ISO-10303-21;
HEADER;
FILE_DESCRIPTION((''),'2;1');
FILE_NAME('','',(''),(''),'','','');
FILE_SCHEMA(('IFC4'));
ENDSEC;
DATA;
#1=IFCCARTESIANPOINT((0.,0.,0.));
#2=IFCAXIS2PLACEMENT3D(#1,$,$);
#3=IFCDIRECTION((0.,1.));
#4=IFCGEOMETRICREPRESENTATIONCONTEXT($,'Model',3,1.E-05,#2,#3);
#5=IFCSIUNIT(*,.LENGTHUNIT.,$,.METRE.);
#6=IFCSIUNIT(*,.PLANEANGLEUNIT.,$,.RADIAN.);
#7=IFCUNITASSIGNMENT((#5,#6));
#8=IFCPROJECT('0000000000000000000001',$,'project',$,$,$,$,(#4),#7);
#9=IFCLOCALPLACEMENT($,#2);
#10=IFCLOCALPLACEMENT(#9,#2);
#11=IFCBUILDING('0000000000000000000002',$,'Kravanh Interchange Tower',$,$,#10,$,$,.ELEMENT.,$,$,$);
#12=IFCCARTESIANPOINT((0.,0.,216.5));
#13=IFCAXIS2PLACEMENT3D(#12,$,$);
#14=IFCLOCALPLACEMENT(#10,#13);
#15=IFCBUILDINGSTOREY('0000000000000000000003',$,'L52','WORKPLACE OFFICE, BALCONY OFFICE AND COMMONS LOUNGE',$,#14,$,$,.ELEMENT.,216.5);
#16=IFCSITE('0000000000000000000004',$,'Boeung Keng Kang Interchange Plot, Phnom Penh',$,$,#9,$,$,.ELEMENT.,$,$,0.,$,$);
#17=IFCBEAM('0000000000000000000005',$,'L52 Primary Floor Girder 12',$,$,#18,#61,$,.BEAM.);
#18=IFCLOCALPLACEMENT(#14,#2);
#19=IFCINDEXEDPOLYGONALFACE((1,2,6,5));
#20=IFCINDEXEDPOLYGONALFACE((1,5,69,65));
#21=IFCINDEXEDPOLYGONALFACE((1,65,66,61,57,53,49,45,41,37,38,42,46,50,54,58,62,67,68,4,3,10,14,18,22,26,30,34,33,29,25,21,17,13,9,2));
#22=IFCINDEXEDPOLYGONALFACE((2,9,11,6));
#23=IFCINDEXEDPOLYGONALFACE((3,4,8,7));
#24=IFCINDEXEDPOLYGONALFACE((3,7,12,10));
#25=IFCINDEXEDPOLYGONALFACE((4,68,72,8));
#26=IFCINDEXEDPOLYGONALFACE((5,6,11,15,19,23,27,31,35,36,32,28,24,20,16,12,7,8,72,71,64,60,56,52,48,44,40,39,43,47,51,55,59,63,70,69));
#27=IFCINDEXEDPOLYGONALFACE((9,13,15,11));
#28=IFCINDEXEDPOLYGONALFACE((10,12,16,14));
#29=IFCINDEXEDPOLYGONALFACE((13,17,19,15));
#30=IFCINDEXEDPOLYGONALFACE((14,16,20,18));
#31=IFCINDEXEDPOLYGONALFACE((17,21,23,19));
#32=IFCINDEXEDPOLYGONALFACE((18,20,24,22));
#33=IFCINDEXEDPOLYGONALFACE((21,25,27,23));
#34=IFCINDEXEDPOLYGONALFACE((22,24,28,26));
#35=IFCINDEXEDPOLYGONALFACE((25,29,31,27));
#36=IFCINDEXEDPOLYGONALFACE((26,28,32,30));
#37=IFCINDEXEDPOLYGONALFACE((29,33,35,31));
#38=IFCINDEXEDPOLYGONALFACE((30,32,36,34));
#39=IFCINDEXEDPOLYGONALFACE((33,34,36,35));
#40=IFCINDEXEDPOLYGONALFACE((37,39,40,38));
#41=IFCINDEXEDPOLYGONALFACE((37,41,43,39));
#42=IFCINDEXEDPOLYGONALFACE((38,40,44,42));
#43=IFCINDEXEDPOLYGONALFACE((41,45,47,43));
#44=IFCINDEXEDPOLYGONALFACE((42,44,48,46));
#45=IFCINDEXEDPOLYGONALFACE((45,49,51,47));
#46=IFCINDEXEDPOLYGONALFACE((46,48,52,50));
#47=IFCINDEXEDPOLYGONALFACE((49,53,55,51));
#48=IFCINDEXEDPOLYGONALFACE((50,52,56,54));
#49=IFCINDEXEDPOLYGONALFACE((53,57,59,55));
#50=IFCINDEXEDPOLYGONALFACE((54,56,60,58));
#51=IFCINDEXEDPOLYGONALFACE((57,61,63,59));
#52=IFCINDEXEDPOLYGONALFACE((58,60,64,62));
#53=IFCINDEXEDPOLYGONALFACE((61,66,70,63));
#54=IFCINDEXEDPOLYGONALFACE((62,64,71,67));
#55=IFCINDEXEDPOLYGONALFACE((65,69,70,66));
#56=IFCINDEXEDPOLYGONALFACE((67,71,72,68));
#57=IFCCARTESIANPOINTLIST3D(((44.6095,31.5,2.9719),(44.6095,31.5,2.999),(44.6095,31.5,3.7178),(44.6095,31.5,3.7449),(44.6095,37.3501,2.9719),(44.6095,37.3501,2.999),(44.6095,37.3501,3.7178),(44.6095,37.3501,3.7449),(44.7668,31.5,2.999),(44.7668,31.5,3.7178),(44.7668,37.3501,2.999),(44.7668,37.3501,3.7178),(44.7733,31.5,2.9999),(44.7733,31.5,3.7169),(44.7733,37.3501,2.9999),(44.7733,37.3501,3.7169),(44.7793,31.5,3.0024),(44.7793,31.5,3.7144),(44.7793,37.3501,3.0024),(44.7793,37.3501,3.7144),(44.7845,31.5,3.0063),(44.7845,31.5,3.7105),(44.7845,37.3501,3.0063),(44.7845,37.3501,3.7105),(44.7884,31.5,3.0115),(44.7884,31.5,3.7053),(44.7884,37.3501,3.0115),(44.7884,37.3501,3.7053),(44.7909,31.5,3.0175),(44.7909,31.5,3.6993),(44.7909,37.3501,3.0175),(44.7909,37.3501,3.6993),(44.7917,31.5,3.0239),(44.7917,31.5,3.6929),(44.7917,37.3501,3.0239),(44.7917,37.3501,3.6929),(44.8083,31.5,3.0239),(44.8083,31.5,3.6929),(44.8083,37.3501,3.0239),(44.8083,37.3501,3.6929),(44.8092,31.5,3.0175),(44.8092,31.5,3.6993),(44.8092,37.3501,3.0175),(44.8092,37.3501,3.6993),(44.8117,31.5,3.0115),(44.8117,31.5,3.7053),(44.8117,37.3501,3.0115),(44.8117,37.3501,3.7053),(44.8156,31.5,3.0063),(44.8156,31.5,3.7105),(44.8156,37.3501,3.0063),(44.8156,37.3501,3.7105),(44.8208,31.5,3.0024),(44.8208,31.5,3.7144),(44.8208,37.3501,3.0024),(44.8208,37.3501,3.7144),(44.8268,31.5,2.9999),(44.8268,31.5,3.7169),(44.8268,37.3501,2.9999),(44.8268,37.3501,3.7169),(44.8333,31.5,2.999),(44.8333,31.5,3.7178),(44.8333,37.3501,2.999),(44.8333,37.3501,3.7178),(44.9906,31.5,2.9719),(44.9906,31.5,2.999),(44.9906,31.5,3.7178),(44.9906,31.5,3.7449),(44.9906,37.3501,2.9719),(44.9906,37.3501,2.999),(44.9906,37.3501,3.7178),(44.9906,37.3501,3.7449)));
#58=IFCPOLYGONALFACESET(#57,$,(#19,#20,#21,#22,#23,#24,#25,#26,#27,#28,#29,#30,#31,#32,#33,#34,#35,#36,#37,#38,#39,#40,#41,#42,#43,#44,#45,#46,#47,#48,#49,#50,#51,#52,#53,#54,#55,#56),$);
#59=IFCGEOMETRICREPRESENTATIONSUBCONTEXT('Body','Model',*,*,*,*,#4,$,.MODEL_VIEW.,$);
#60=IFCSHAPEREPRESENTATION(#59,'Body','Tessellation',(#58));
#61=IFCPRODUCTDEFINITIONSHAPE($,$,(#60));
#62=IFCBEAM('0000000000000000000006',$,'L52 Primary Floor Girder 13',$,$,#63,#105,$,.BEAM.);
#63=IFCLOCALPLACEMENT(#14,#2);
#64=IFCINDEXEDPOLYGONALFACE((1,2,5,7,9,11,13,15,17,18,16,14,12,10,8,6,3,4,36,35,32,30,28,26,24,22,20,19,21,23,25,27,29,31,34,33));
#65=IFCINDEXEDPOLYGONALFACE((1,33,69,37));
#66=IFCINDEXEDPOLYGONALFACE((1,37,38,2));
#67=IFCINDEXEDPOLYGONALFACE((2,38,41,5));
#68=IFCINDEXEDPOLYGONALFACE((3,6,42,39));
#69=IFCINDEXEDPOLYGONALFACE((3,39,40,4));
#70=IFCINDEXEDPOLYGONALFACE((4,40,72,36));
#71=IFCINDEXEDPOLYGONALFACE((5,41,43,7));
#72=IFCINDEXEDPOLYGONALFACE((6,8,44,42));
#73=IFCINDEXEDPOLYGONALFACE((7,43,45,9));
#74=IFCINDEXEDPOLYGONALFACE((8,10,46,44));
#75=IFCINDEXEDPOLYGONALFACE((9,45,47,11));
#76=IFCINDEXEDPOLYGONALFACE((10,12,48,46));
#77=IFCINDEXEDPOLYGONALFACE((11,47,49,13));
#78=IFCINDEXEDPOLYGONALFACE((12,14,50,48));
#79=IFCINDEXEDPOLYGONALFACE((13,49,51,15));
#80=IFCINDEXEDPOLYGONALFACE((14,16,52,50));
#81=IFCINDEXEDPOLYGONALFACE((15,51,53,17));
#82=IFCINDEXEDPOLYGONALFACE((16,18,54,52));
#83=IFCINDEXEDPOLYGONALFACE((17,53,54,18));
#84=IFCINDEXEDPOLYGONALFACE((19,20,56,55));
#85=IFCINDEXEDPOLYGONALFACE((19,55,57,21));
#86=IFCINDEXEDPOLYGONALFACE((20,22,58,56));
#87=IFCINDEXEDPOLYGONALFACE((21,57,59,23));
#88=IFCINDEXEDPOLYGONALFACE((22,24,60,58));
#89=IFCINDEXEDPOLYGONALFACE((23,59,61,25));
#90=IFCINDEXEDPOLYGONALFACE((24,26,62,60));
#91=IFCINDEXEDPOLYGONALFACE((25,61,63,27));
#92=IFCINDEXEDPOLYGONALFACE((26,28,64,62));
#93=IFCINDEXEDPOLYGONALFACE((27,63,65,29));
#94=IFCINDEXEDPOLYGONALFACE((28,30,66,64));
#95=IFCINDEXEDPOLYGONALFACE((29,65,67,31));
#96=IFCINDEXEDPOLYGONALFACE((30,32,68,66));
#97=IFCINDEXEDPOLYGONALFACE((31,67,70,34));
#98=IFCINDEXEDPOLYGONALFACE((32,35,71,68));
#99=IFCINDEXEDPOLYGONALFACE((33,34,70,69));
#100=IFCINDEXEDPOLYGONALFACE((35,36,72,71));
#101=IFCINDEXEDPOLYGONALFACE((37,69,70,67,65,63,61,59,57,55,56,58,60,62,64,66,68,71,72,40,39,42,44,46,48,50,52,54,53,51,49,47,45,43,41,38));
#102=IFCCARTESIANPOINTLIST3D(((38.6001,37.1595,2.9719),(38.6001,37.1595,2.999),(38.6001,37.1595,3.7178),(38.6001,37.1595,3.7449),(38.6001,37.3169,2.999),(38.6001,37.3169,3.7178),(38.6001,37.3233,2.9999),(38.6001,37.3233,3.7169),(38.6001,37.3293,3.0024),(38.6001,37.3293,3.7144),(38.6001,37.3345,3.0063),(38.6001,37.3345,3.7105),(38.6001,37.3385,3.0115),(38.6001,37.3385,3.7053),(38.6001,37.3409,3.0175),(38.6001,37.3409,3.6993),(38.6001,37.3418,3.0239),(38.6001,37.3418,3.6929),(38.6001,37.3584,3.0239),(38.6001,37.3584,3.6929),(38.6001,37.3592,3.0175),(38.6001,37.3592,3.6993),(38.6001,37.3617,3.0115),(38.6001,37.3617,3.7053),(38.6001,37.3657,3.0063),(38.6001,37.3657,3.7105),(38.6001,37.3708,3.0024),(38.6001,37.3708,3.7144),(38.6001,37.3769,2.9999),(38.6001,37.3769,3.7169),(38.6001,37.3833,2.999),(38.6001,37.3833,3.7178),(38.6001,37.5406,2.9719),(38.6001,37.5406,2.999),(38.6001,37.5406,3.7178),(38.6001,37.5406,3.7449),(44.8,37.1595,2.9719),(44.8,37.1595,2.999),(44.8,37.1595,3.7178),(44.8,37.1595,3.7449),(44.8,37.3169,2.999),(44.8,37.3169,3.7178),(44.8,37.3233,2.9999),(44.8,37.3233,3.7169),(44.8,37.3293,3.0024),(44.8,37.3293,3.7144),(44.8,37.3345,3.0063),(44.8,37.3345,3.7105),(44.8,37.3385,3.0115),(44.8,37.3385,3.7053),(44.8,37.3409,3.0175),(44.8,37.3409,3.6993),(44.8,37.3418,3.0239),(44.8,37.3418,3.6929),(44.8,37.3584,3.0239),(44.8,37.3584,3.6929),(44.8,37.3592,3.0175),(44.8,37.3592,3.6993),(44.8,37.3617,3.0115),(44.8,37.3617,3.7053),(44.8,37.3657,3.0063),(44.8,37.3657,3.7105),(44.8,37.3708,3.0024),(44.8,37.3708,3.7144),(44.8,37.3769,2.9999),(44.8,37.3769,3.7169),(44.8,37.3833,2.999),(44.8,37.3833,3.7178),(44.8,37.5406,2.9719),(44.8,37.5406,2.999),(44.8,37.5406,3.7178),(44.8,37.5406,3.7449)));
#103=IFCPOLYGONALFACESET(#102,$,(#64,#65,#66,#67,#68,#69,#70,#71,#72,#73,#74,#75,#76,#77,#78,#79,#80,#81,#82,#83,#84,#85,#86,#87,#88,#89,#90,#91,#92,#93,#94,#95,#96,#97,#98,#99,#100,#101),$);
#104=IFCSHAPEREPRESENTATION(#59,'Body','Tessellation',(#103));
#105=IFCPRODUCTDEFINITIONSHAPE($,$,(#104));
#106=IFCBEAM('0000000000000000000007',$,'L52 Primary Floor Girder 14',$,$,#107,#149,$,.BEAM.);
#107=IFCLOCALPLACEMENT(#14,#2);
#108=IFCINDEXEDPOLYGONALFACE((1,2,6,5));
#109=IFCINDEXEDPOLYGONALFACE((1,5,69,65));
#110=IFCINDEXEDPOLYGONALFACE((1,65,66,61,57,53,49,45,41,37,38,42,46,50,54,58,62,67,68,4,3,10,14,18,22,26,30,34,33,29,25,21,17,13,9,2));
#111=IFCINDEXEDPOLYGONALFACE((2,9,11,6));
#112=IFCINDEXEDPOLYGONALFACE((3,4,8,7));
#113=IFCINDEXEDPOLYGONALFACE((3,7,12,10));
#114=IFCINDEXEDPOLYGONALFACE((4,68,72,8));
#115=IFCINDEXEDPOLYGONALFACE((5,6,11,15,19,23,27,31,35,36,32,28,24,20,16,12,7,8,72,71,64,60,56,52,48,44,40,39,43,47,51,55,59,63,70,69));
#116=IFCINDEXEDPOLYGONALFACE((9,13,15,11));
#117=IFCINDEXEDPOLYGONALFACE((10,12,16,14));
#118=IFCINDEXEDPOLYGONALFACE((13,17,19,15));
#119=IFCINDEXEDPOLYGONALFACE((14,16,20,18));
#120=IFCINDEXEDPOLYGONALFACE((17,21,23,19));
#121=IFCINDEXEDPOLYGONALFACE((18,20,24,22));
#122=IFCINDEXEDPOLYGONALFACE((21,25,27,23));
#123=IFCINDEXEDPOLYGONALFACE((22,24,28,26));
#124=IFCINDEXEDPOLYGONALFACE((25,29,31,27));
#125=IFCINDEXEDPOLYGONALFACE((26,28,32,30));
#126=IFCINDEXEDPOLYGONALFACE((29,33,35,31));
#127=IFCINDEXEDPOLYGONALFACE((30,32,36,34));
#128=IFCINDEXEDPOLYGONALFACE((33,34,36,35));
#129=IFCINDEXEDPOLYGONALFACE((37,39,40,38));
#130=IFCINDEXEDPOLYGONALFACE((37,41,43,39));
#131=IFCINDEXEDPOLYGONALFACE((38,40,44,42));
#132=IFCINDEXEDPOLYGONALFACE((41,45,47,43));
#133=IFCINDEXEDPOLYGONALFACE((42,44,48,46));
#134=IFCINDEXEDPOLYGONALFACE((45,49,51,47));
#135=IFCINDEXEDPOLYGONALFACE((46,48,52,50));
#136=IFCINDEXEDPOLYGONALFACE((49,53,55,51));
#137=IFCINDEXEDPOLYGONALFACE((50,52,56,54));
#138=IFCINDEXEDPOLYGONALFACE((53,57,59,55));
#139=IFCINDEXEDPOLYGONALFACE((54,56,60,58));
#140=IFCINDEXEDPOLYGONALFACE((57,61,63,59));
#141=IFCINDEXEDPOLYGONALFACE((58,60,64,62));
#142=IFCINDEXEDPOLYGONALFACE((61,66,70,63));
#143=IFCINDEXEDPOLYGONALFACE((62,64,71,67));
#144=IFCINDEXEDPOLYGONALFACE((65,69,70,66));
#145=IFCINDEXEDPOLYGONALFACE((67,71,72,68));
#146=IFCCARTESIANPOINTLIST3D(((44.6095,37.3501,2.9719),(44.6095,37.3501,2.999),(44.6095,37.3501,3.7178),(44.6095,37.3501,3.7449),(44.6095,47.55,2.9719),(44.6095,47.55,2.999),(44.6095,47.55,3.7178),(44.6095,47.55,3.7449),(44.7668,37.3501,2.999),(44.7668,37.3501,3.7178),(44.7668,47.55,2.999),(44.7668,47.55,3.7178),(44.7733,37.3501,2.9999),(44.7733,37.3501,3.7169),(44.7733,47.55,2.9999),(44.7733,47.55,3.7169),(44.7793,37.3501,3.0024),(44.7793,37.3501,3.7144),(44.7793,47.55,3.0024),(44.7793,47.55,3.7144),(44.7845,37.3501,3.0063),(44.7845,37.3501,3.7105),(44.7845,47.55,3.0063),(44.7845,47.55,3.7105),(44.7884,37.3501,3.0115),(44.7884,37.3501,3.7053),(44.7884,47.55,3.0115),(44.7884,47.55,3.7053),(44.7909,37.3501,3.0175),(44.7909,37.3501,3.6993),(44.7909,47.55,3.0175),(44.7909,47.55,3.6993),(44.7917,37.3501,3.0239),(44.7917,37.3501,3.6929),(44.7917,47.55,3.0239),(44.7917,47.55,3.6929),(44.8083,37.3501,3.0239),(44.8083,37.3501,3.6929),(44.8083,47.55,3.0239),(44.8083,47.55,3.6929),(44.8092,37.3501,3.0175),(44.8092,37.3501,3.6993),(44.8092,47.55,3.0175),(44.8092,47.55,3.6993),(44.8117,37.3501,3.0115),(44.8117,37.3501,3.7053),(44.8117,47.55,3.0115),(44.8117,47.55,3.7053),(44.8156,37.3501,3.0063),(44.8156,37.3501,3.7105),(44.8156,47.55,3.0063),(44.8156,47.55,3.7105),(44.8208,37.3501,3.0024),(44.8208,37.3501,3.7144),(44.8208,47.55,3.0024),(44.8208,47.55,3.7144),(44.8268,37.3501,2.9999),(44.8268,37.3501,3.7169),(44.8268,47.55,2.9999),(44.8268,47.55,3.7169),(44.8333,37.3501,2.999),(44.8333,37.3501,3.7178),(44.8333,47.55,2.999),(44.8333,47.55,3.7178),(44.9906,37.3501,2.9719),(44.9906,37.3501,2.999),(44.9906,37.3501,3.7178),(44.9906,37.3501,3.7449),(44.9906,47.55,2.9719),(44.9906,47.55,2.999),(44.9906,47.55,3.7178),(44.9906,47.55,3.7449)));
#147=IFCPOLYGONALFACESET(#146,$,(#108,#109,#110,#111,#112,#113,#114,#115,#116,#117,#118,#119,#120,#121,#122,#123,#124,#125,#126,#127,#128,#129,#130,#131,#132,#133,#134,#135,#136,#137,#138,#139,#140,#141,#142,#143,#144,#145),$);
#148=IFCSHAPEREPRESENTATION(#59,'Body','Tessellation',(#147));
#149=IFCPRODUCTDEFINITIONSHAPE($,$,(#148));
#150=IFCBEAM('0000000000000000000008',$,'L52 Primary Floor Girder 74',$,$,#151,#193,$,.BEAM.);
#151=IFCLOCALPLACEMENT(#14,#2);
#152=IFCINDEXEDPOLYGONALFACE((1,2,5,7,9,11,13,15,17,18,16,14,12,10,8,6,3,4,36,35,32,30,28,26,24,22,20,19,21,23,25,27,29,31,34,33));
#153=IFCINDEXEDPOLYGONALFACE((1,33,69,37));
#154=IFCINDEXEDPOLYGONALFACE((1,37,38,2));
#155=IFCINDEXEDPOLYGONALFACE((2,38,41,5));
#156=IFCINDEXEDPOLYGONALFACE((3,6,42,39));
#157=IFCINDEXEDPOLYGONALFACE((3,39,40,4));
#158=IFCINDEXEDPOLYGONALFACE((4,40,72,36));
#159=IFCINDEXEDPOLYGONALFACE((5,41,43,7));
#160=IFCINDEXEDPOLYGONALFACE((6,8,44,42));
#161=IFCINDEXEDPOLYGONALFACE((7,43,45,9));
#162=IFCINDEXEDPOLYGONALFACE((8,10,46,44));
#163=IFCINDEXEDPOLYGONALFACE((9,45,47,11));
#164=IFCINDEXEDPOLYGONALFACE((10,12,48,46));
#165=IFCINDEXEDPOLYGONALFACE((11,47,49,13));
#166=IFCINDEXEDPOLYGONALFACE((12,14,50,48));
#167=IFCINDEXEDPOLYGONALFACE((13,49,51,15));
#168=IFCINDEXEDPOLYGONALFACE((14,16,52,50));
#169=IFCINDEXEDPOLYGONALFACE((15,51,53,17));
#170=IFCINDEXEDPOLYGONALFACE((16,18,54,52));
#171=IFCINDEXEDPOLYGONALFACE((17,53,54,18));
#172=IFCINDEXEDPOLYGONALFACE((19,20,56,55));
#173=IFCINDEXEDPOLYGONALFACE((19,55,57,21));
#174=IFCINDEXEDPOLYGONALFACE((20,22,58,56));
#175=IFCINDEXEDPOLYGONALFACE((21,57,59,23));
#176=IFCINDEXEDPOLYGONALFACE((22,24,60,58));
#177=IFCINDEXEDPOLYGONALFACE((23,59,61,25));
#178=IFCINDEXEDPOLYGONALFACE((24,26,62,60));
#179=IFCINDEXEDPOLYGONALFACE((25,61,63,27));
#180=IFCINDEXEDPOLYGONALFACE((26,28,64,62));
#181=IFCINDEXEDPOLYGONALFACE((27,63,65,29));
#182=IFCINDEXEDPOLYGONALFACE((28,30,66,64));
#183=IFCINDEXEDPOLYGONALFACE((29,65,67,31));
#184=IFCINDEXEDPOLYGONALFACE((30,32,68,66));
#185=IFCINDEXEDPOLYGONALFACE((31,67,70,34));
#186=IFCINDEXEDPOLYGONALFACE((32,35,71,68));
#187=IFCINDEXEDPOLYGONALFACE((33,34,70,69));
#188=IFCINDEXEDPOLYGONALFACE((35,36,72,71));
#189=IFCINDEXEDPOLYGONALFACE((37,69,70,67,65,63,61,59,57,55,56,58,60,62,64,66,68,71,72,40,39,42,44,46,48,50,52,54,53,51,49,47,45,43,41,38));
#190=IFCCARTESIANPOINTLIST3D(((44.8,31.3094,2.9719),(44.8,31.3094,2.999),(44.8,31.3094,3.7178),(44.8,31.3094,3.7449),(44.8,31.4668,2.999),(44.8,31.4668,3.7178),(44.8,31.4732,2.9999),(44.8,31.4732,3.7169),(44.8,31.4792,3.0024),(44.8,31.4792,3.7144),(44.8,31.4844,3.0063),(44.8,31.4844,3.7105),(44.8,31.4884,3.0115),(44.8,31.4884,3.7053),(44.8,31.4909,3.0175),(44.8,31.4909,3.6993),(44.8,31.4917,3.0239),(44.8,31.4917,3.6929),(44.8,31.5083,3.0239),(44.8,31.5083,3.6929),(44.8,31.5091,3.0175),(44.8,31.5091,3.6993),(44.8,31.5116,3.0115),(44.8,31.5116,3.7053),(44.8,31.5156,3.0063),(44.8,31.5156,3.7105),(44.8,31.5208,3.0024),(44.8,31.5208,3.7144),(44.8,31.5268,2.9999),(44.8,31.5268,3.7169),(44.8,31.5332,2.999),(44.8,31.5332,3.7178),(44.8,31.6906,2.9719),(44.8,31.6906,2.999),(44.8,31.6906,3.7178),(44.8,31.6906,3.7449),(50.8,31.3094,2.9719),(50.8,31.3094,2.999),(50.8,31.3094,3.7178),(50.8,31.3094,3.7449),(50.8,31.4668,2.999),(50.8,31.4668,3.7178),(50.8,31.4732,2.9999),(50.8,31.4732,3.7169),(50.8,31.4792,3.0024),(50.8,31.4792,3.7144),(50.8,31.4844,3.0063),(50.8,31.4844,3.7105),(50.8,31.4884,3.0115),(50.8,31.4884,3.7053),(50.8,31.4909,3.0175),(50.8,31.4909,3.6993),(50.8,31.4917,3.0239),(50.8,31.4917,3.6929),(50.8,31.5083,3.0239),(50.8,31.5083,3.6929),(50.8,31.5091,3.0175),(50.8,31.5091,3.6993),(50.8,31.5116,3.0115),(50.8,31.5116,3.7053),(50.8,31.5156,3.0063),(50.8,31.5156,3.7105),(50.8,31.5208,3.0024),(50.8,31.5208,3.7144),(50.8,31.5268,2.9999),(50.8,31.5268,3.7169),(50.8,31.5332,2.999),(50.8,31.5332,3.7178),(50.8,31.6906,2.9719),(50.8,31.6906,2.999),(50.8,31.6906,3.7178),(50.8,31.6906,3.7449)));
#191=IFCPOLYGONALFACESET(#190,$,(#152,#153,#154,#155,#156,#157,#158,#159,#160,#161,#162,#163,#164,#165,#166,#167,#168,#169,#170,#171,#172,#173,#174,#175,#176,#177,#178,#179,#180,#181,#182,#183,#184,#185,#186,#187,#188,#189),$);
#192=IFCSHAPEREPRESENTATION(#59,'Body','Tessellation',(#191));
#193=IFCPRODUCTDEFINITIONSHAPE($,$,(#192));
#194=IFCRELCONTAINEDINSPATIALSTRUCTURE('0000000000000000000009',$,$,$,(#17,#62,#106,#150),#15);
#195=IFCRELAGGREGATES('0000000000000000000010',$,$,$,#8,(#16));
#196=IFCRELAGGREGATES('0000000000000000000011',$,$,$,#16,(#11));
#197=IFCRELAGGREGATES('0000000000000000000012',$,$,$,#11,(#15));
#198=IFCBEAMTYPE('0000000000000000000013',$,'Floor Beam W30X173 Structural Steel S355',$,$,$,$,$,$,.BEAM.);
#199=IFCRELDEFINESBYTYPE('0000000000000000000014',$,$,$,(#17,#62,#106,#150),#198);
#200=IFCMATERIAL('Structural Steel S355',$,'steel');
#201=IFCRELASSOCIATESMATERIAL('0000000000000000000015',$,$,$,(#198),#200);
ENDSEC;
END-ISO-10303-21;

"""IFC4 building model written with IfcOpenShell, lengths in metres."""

from ifc_helpers import new_model, si_unit, direction, frame, origin, origin_2d, place, context, subcontext, project, spatial, i_section, extrude, material, material_profile, profile_set, type_object, element, save


model = new_model("IFC4")

# Units and contexts
model_context = context("Model", 3, precision=1e-05, world=origin(), true_north=direction((0.0, 1.0)))
body_context = subcontext(model_context, "Body", "Model", "MODEL_VIEW")
ifc_project = project(units=[si_unit("LENGTHUNIT", "METRE"), si_unit("PLANEANGLEUNIT", "RADIAN")], contexts=[model_context])

# Site, building, storey
site_placement = place(None, origin())
site = spatial("IfcSite", under=ifc_project, at=site_placement, Name="Boeung Keng Kang Interchange Plot, Phnom Penh", CompositionType="ELEMENT", RefElevation=0.0)
building_placement = place(site_placement, origin())
building = spatial("IfcBuilding", under=site, at=building_placement, Name="Kravanh Interchange Tower", CompositionType="ELEMENT")
storey_placement = place(building_placement, frame((0.0, 0.0, 216.5)))
storey = spatial("IfcBuildingStorey", under=building, at=storey_placement, Name="L52", Description="WORKPLACE OFFICE, BALCONY OFFICE AND COMMONS LOUNGE", CompositionType="ELEMENT", Elevation=216.5)

# Beams
ifc_material_1 = material(Name="Structural Steel S355", Category="steel")
ifc_material_profile_1 = material_profile(ifc_material_1, i_section(OverallWidth=0.3811, OverallDepth=0.7729, WebThickness=0.0166, FlangeThickness=0.0271, FilletRadius=0.0249, at=origin_2d()), Name="W30X173")
ifc_profile_set_1 = profile_set([ifc_material_profile_1], Name="Structural Steel S355")
beam_type_1 = type_object("IfcBeamType", Name="Floor Beam W30X173 Structural Steel S355", PredefinedType="BEAM", material=ifc_profile_set_1)
beam_1_placement = place(storey_placement, frame((44.8, 37.3501, 3.3584), z_axis=(0.0, -1.0, 0.0), x_axis=(1.0, 0.0, 0.0)))
element("IfcBeam", 1, at=beam_1_placement, inside=storey, type_object=beam_type_1, Name="L52 Primary Floor Girder 12", PredefinedType="BEAM", context=body_context, shape_type="SweptSolid", body=[
    extrude(i_section(OverallWidth=0.3811, OverallDepth=0.7729, WebThickness=0.0166, FlangeThickness=0.0271, FilletRadius=0.0249, at=origin_2d()), origin(), (0.0, 0.0, 1.0), 5.8501),
])
beam_2_placement = place(storey_placement, frame((44.8, 37.3501, 3.3584), z_axis=(-1.0, 0.0, 0.0), x_axis=(0.0, -1.0, 0.0)))
element("IfcBeam", 2, at=beam_2_placement, inside=storey, type_object=beam_type_1, Name="L52 Primary Floor Girder 13", PredefinedType="BEAM", context=body_context, shape_type="SweptSolid", body=[
    extrude(i_section(OverallWidth=0.3811, OverallDepth=0.7729, WebThickness=0.0166, FlangeThickness=0.0271, FilletRadius=0.0249, at=origin_2d()), origin(), (0.0, 0.0, 1.0), 6.2),
])
beam_3_placement = place(storey_placement, frame((44.8, 37.3501, 3.3584), z_axis=(0.0, 1.0, 0.0), x_axis=(-1.0, 0.0, 0.0)))
element("IfcBeam", 3, at=beam_3_placement, inside=storey, type_object=beam_type_1, Name="L52 Primary Floor Girder 14", PredefinedType="BEAM", context=body_context, shape_type="SweptSolid", body=[
    extrude(i_section(OverallWidth=0.3811, OverallDepth=0.7729, WebThickness=0.0166, FlangeThickness=0.0271, FilletRadius=0.0249, at=origin_2d()), origin(), (0.0, 0.0, 1.0), 10.2),
])
beam_4_placement = place(storey_placement, frame((44.8, 31.5, 3.3584), z_axis=(1.0, 0.0, 0.0), x_axis=(0.0, 1.0, 0.0)))
element("IfcBeam", 4, at=beam_4_placement, inside=storey, type_object=beam_type_1, Name="L52 Primary Floor Girder 74", PredefinedType="BEAM", context=body_context, shape_type="SweptSolid", body=[
    extrude(i_section(OverallWidth=0.3811, OverallDepth=0.7729, WebThickness=0.0166, FlangeThickness=0.0271, FilletRadius=0.0249, at=origin_2d()), origin(), (0.0, 0.0, 1.0), 6.0),
])

save(model, "model.ifc")
